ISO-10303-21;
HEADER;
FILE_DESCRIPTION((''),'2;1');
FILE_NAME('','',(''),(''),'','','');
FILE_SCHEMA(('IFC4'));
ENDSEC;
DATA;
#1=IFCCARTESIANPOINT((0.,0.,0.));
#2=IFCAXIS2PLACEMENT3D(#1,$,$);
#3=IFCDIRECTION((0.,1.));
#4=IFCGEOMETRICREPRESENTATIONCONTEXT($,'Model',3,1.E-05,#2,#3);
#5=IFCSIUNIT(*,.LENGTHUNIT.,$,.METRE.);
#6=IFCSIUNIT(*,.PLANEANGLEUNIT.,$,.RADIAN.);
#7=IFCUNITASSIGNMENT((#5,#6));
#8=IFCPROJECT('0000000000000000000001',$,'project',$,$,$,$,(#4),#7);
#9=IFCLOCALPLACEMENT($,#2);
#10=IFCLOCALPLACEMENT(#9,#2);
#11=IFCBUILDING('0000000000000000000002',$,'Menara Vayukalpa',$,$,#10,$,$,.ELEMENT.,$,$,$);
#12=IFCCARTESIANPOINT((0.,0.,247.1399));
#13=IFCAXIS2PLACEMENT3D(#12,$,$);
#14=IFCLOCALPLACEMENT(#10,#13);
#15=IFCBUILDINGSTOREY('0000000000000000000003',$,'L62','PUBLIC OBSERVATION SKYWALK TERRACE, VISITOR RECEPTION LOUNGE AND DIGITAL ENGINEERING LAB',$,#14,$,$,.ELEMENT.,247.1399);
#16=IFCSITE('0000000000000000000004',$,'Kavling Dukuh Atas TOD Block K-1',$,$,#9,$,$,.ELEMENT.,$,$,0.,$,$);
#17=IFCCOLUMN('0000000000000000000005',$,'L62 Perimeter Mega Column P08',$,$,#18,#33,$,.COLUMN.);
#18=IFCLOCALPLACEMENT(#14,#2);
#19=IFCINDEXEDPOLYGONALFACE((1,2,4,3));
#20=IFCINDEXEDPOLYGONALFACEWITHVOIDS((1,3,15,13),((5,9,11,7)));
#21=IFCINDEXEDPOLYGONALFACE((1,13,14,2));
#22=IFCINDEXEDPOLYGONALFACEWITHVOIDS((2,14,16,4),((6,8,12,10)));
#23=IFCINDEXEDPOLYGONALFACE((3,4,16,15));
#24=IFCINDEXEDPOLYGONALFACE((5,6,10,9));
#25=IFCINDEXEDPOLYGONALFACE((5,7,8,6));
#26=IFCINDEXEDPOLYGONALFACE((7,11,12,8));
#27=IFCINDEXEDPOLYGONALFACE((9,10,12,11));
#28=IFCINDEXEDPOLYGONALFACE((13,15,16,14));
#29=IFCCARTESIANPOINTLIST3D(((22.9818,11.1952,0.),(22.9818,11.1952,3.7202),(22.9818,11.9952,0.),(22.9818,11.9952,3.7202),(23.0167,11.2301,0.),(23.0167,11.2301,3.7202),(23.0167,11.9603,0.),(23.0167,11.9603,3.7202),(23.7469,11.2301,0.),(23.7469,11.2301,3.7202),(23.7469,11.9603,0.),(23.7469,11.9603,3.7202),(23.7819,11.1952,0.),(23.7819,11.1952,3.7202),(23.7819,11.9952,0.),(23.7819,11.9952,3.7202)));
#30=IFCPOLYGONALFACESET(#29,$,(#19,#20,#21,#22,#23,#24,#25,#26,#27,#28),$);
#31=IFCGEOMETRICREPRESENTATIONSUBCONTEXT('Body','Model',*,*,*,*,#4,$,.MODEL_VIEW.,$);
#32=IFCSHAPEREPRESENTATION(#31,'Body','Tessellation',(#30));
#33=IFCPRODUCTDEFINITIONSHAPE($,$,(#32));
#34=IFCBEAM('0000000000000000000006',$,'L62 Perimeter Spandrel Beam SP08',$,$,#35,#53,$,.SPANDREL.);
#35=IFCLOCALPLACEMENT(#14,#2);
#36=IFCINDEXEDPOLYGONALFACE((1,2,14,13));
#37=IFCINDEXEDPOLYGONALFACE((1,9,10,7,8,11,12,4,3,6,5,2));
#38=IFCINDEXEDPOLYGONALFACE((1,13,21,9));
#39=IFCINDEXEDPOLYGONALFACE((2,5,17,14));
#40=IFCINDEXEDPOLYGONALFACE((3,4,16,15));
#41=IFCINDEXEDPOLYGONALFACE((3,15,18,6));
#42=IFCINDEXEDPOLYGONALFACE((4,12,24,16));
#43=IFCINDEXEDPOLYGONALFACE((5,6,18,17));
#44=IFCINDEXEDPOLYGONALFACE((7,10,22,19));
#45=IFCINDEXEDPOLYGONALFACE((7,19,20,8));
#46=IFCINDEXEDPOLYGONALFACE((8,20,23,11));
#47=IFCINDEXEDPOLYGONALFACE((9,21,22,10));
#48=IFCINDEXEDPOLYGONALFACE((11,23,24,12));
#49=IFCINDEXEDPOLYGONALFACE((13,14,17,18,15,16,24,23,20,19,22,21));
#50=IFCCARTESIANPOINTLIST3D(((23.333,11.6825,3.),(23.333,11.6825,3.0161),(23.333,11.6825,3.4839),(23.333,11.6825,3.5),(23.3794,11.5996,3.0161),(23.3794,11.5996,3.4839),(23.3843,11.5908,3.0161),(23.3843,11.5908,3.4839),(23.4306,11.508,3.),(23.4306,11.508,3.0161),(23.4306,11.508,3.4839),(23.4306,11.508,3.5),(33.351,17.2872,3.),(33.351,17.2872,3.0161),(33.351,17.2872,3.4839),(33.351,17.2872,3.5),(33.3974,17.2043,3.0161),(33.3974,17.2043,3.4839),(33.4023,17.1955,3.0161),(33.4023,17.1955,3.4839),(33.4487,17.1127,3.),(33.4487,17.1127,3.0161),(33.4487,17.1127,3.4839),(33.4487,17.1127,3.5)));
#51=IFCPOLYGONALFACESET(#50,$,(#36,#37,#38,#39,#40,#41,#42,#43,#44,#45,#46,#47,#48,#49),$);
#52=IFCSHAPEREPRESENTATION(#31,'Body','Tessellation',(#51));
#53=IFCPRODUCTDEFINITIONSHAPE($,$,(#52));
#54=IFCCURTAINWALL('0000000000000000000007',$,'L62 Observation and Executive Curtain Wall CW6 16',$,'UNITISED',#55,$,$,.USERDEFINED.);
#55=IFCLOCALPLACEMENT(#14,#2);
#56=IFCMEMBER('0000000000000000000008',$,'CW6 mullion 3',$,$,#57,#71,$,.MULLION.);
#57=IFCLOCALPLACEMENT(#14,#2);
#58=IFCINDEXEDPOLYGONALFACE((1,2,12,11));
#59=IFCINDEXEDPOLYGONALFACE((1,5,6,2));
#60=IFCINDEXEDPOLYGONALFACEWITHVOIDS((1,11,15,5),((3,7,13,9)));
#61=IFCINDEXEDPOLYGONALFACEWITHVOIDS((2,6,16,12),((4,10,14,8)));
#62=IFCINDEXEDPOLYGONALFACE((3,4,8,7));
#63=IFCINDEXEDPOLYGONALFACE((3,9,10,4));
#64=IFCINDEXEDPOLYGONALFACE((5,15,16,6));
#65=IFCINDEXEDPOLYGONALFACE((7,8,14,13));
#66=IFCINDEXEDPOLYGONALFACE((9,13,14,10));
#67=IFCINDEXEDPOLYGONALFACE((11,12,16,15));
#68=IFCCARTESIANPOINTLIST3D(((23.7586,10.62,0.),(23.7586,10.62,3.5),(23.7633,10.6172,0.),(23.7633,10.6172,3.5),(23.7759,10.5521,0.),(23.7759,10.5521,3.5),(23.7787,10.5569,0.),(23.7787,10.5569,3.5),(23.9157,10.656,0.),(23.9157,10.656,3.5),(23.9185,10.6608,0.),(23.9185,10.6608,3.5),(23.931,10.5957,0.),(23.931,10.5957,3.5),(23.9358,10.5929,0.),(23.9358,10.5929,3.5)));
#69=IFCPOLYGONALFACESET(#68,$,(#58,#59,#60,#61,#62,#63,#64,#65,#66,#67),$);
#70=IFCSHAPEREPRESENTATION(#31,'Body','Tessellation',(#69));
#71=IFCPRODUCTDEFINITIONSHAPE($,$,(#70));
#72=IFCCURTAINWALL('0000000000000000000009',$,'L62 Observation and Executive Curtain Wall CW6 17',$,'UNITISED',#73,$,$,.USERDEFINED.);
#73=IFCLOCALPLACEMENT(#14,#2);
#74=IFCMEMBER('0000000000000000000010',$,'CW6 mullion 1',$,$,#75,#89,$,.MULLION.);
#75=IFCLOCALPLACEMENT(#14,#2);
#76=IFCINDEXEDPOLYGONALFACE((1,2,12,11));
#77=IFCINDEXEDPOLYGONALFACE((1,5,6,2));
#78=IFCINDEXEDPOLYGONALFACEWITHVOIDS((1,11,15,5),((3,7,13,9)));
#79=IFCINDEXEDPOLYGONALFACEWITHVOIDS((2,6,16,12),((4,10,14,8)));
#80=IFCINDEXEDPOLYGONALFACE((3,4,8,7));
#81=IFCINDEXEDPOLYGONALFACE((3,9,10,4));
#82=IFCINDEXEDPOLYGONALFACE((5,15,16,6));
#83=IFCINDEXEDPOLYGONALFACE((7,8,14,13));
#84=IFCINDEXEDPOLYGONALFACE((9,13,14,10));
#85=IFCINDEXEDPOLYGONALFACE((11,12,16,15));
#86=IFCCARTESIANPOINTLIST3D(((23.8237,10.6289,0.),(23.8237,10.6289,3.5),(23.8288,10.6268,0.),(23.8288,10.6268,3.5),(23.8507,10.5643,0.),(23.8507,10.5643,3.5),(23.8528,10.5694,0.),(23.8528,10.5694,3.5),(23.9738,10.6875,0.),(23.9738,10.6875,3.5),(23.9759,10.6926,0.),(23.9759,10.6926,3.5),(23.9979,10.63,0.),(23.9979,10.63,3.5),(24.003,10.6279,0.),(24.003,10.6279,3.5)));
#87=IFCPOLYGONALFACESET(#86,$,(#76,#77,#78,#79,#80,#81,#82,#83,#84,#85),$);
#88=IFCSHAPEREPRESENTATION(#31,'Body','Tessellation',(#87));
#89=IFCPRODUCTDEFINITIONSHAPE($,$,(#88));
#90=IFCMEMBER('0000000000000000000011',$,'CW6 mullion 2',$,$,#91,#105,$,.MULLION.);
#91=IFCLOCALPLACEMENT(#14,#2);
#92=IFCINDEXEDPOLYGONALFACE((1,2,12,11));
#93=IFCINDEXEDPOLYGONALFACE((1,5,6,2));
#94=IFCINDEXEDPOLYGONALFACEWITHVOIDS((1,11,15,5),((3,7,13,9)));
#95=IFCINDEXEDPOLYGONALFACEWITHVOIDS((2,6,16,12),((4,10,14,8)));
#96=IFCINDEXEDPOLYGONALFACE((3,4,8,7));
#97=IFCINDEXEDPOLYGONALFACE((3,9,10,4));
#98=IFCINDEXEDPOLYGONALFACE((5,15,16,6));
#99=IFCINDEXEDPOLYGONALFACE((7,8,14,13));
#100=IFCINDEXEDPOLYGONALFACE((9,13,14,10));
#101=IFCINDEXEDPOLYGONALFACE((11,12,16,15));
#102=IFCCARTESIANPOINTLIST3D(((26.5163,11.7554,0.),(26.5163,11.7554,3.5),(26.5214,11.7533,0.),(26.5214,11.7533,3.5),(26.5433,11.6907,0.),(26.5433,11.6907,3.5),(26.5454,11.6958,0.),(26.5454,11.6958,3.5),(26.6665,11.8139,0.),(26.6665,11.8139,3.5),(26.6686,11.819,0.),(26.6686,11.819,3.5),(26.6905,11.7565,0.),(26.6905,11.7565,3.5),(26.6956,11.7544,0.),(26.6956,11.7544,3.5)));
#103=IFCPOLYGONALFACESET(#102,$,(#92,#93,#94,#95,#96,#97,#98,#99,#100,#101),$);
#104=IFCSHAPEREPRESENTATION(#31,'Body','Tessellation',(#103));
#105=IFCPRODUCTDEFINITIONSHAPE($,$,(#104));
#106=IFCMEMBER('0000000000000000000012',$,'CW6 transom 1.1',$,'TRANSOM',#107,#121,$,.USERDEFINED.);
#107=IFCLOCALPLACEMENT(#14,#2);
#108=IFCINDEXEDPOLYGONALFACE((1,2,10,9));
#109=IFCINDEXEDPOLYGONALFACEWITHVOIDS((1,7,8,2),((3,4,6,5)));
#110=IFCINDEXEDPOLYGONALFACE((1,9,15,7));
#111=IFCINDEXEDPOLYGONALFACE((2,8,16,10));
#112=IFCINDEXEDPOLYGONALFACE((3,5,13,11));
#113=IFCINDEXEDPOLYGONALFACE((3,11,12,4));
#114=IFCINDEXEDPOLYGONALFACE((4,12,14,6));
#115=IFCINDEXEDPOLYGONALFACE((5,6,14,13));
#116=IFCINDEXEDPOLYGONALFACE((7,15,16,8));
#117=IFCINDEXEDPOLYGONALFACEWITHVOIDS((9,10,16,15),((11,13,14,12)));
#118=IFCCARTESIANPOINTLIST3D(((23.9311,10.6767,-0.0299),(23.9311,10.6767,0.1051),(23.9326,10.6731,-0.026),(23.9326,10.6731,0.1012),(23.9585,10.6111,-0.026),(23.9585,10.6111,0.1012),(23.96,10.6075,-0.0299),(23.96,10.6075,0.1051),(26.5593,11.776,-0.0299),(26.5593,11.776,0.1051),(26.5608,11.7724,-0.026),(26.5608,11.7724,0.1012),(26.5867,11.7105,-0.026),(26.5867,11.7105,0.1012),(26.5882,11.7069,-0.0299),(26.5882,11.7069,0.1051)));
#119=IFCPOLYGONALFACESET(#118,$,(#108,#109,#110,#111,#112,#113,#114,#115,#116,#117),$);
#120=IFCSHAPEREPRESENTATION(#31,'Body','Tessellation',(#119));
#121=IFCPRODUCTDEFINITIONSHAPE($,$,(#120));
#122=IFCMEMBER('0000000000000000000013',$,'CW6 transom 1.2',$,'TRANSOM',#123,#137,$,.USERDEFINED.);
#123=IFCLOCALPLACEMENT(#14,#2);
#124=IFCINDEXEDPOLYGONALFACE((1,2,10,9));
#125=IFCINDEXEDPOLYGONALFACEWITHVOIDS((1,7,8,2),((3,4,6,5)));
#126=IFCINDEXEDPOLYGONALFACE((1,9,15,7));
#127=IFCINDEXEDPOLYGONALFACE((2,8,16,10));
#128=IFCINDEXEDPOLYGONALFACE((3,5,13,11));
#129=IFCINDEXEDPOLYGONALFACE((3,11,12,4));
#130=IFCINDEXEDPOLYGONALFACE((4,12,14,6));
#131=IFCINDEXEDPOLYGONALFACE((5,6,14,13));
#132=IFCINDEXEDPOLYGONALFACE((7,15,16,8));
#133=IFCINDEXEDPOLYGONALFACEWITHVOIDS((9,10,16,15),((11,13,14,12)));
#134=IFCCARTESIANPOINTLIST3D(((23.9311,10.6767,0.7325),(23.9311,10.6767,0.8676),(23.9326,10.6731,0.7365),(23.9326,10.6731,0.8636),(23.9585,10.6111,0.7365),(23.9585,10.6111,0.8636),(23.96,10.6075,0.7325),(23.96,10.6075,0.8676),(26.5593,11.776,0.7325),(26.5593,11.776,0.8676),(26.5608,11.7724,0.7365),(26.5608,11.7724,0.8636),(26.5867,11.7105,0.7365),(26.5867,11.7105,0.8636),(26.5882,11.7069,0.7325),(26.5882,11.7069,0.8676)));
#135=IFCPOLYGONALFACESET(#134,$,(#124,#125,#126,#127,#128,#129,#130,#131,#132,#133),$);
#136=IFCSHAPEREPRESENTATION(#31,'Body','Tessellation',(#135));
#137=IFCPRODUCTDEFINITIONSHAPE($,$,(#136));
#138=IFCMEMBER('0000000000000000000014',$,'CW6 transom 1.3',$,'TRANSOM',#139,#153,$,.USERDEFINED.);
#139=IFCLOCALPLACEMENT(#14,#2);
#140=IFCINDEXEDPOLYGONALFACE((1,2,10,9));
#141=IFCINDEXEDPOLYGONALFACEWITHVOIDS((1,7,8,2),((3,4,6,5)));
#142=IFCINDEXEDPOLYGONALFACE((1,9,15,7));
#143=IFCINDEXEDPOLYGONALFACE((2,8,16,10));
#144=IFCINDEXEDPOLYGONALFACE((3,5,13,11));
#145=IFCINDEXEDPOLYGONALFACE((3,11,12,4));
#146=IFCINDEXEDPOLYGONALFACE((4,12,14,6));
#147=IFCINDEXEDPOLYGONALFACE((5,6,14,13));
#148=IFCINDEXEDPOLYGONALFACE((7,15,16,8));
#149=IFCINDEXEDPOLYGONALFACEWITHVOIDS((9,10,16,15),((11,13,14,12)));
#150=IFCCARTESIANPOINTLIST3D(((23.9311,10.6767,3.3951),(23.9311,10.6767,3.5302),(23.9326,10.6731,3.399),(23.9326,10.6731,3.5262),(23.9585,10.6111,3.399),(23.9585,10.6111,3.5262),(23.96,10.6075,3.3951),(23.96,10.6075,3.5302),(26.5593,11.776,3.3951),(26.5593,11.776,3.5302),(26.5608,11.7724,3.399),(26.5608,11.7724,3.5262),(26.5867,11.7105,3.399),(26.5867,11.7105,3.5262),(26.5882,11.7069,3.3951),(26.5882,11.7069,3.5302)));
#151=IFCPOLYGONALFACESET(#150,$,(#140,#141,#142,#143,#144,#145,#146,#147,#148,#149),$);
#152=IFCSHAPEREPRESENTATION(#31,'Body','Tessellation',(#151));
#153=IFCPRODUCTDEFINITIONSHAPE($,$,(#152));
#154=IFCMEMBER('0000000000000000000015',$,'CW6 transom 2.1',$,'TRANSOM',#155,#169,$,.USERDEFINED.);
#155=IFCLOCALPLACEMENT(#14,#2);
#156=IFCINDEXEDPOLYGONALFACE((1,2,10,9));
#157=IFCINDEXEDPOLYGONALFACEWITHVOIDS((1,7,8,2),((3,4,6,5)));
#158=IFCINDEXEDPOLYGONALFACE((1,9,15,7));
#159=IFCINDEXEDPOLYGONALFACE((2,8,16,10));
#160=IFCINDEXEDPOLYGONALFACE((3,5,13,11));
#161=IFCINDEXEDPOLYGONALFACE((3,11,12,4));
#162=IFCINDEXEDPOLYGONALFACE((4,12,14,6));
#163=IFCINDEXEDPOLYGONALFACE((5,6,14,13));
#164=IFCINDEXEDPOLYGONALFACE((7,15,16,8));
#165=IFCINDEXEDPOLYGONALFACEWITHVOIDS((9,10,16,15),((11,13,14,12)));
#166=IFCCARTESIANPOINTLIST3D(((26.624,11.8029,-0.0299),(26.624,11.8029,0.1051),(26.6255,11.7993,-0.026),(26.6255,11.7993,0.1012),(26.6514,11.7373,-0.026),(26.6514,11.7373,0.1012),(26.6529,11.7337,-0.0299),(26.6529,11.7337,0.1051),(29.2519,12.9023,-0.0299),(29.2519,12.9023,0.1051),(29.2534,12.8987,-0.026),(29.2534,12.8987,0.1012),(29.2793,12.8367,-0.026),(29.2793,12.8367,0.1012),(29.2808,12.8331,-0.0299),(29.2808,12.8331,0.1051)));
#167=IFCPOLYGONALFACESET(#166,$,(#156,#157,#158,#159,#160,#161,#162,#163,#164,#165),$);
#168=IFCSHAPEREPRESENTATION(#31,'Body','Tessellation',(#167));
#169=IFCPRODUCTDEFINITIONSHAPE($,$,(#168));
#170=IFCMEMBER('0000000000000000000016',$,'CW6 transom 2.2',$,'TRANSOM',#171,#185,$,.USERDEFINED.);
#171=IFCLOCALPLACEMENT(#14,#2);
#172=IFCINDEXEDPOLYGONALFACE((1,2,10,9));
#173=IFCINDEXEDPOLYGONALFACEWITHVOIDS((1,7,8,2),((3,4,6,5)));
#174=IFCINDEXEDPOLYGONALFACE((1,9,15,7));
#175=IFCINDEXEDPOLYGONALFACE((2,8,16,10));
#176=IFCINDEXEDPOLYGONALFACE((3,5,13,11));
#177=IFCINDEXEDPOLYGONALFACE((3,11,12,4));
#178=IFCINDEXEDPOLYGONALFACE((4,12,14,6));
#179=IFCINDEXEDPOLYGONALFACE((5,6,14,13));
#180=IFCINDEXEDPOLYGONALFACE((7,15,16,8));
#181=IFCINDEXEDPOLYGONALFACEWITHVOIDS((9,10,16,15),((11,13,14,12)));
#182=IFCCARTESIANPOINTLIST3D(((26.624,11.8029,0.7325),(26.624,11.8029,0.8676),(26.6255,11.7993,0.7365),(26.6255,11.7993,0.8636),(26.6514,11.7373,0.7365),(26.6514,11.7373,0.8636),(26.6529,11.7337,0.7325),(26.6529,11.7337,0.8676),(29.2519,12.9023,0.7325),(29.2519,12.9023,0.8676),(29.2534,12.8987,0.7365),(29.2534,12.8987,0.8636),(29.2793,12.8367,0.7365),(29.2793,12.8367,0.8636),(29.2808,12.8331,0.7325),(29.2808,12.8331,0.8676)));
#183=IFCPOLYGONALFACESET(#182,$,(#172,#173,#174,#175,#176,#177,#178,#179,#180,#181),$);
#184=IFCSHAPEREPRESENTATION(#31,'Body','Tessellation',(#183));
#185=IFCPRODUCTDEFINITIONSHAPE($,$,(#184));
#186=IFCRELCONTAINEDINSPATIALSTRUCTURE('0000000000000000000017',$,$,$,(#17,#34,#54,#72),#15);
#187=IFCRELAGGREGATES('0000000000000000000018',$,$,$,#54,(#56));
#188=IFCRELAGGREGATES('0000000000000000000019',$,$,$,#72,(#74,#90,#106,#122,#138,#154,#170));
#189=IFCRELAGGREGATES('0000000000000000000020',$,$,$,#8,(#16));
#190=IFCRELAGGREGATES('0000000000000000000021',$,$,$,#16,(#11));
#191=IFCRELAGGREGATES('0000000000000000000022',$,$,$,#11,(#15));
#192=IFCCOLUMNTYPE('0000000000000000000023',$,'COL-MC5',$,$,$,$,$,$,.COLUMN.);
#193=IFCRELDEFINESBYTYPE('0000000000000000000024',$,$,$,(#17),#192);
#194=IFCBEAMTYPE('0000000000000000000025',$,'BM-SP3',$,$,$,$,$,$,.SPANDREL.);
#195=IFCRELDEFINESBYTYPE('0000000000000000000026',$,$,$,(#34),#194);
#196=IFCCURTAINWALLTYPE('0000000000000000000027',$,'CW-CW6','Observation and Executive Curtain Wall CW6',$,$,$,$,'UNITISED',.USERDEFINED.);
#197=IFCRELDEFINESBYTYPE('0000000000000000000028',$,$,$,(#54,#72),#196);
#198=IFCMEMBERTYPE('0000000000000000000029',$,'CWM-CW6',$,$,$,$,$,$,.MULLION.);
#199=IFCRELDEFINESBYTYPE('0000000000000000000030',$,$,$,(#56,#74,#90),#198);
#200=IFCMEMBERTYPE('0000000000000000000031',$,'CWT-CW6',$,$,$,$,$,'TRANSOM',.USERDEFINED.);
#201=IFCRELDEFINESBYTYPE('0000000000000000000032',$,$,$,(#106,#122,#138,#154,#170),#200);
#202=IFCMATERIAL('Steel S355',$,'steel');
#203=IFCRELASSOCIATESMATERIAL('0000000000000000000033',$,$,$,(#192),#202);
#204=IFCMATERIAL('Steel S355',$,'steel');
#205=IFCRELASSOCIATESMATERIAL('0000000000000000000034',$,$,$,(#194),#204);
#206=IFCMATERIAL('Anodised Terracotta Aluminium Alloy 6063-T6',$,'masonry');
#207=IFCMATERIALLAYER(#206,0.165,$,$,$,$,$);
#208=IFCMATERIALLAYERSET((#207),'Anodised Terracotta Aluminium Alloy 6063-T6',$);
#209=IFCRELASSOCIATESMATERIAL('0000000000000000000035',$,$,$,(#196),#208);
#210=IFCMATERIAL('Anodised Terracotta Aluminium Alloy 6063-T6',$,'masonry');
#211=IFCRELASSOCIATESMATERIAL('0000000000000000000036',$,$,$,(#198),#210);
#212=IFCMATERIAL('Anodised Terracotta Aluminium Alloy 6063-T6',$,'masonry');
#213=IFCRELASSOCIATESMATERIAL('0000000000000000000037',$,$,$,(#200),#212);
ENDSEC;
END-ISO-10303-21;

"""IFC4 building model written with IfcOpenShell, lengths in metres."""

from ifc_helpers import new_model, si_unit, direction, frame, origin, origin_2d, place, context, subcontext, project, spatial, hollow_rectangle, i_section, extrude, material, layer, layer_set, material_profile, profile_set, type_object, element, aggregate, save


model = new_model("IFC4")

# Units and contexts
model_context = context("Model", 3, precision=1e-05, world=origin(), true_north=direction((0.0, 1.0)))
body_context = subcontext(model_context, "Body", "Model", "MODEL_VIEW")
ifc_project = project(units=[si_unit("LENGTHUNIT", "METRE"), si_unit("PLANEANGLEUNIT", "RADIAN")], contexts=[model_context])

# Site, building, storey
site_placement = place(None, origin())
site = spatial("IfcSite", under=ifc_project, at=site_placement, Name="Kavling Dukuh Atas TOD Block K-1", CompositionType="ELEMENT", RefElevation=0.0)
building_placement = place(site_placement, origin())
building = spatial("IfcBuilding", under=site, at=building_placement, Name="Menara Vayukalpa", CompositionType="ELEMENT")
storey_placement = place(building_placement, frame((0.0, 0.0, 247.1399)))
storey = spatial("IfcBuildingStorey", under=building, at=storey_placement, Name="L62", Description="PUBLIC OBSERVATION SKYWALK TERRACE, VISITOR RECEPTION LOUNGE AND DIGITAL ENGINEERING LAB", CompositionType="ELEMENT", Elevation=247.1399)

# Column
ifc_material_1 = material(Name="Steel S355", Category="steel")
ifc_material_profile_1 = material_profile(ifc_material_1, hollow_rectangle(XDim=0.8, YDim=0.8, WallThickness=0.0349, at=origin_2d()), Name="BOX 800x800x35")
ifc_profile_set_1 = profile_set([ifc_material_profile_1], Name="Steel S355")
column_type = type_object("IfcColumnType", Name="COL-MC5", PredefinedType="COLUMN", material=ifc_profile_set_1)
column_placement = place(storey_placement, frame((23.3818, 11.5952, 0.0), z_axis=(0.0, 0.0, 1.0), x_axis=(1.0, 0.0, 0.0)))
element("IfcColumn", 1, at=column_placement, inside=storey, type_object=column_type, Name="L62 Perimeter Mega Column P08", PredefinedType="COLUMN", context=body_context, shape_type="SweptSolid", body=[
    extrude(hollow_rectangle(XDim=0.8, YDim=0.8, WallThickness=0.0349, at=origin_2d()), origin(), (0.0, 0.0, 1.0), 3.7202),
])

# Beam
ifc_material_2 = material(Name="Steel S355", Category="steel")
ifc_material_profile_2 = material_profile(ifc_material_2, i_section(OverallWidth=0.2, OverallDepth=0.5, WebThickness=0.01, FlangeThickness=0.0161, at=origin_2d()), Name="WF 500x200x10x16")
ifc_profile_set_2 = profile_set([ifc_material_profile_2], Name="Steel S355")
beam_type = type_object("IfcBeamType", Name="BM-SP3", PredefinedType="SPANDREL", material=ifc_profile_set_2)
beam_placement = place(storey_placement, frame((23.3818, 11.5952, 3.25), z_axis=(0.872706, 0.488246, 0.0), x_axis=(-0.488246, 0.872706, 0.0)))
element("IfcBeam", 2, at=beam_placement, inside=storey, type_object=beam_type, Name="L62 Perimeter Spandrel Beam SP08", PredefinedType="SPANDREL", context=body_context, shape_type="SweptSolid", body=[
    extrude(i_section(OverallWidth=0.2, OverallDepth=0.5, WebThickness=0.01, FlangeThickness=0.0161, at=origin_2d()), origin(), (0.0, 0.0, 1.0), 11.4792),
])

# Curtain wall, member
ifc_material_3 = material(Name="Anodised Terracotta Aluminium Alloy 6063-T6", Category="masonry")
ifc_layer_1 = layer(ifc_material_3, 0.165)
ifc_layer_set_1 = layer_set([ifc_layer_1], Name="Anodised Terracotta Aluminium Alloy 6063-T6")
curtain_wall_type = type_object("IfcCurtainWallType", Name="CW-CW6", Description="Observation and Executive Curtain Wall CW6", ElementType="UNITISED", PredefinedType="USERDEFINED", material=ifc_layer_set_1)
curtain_wall_1_placement = place(storey_placement, origin())
curtain_wall_1 = element("IfcCurtainWall", 3, at=curtain_wall_1_placement, inside=storey, type_object=curtain_wall_type, Name="L62 Observation and Executive Curtain Wall CW6 16", ObjectType="UNITISED", PredefinedType="USERDEFINED")
ifc_material_4 = material(Name="Anodised Terracotta Aluminium Alloy 6063-T6", Category="masonry")
ifc_material_profile_3 = material_profile(ifc_material_4, hollow_rectangle(XDim=0.0701, YDim=0.165, WallThickness=0.0039, at=origin_2d()), Name="ALU 70x165x4")
ifc_profile_set_3 = profile_set([ifc_material_profile_3], Name="Anodised Terracotta Aluminium Alloy 6063-T6")
member_type_1 = type_object("IfcMemberType", Name="CWM-CW6", PredefinedType="MULLION", material=ifc_profile_set_3)
member_1_placement = place(storey_placement, frame((23.8472, 10.6064, 0.0), z_axis=(0.0, 0.0, 1.0), x_axis=(-0.247127, 0.968983, 0.0)))
member_1 = element("IfcMember", 4, at=member_1_placement, type_object=member_type_1, Name="CW6 mullion 3", PredefinedType="MULLION", context=body_context, shape_type="SweptSolid", body=[
    extrude(hollow_rectangle(XDim=0.0701, YDim=0.165, WallThickness=0.0039, at=origin_2d()), origin(), (0.0, 0.0, 1.0), 3.5),
])

# Curtain wall, members
curtain_wall_2_placement = place(storey_placement, origin())
curtain_wall_2 = element("IfcCurtainWall", 5, at=curtain_wall_2_placement, inside=storey, type_object=curtain_wall_type, Name="L62 Observation and Executive Curtain Wall CW6 17", ObjectType="UNITISED", PredefinedType="USERDEFINED")
member_2_placement = place(storey_placement, frame((23.9133, 10.6284, 0.0), z_axis=(0.0, 0.0, 1.0), x_axis=(-0.3859, 0.922541, 0.0)))
member_2 = element("IfcMember", 6, at=member_2_placement, type_object=member_type_1, Name="CW6 mullion 1", PredefinedType="MULLION", context=body_context, shape_type="SweptSolid", body=[
    extrude(hollow_rectangle(XDim=0.0701, YDim=0.165, WallThickness=0.0039, at=origin_2d()), origin(), (0.0, 0.0, 1.0), 3.5),
])
member_3_placement = place(storey_placement, frame((26.606, 11.7549, 0.0), z_axis=(0.0, 0.0, 1.0), x_axis=(-0.3859, 0.922541, 0.0)))
member_3 = element("IfcMember", 7, at=member_3_placement, type_object=member_type_1, Name="CW6 mullion 2", PredefinedType="MULLION", context=body_context, shape_type="SweptSolid", body=[
    extrude(hollow_rectangle(XDim=0.0701, YDim=0.165, WallThickness=0.0039, at=origin_2d()), origin(), (0.0, 0.0, 1.0), 3.5),
])
ifc_material_5 = material(Name="Anodised Terracotta Aluminium Alloy 6063-T6", Category="masonry")
ifc_material_profile_4 = material_profile(ifc_material_5, hollow_rectangle(XDim=0.075, YDim=0.135, WallThickness=0.0039, at=origin_2d()), Name="ALU 75x135x4")
ifc_profile_set_4 = profile_set([ifc_material_profile_4], Name="Anodised Terracotta Aluminium Alloy 6063-T6")
member_type_2 = type_object("IfcMemberType", Name="CWT-CW6", ElementType="TRANSOM", PredefinedType="USERDEFINED", material=ifc_profile_set_4)
member_4_placement = place(storey_placement, frame((23.9456, 10.6421, 0.0376), z_axis=(0.922541, 0.385899, 0.0), x_axis=(-0.385899, 0.922541, 0.0)))
member_4 = element("IfcMember", 8, at=member_4_placement, type_object=member_type_2, Name="CW6 transom 1.1", ObjectType="TRANSOM", PredefinedType="USERDEFINED", context=body_context, shape_type="SweptSolid", body=[
    extrude(hollow_rectangle(XDim=0.075, YDim=0.135, WallThickness=0.0039, at=origin_2d()), origin(), (0.0, 0.0, 1.0), 2.8489),
])
member_5_placement = place(storey_placement, frame((23.9456, 10.6421, 0.8), z_axis=(0.922541, 0.385899, 0.0), x_axis=(-0.385899, 0.922541, 0.0)))
member_5 = element("IfcMember", 9, at=member_5_placement, type_object=member_type_2, Name="CW6 transom 1.2", ObjectType="TRANSOM", PredefinedType="USERDEFINED", context=body_context, shape_type="SweptSolid", body=[
    extrude(hollow_rectangle(XDim=0.075, YDim=0.135, WallThickness=0.0039, at=origin_2d()), origin(), (0.0, 0.0, 1.0), 2.8489),
])
member_6_placement = place(storey_placement, frame((23.9456, 10.6421, 3.4626), z_axis=(0.922541, 0.385899, 0.0), x_axis=(-0.385899, 0.922541, 0.0)))
member_6 = element("IfcMember", 10, at=member_6_placement, type_object=member_type_2, Name="CW6 transom 1.3", ObjectType="TRANSOM", PredefinedType="USERDEFINED", context=body_context, shape_type="SweptSolid", body=[
    extrude(hollow_rectangle(XDim=0.075, YDim=0.135, WallThickness=0.0039, at=origin_2d()), origin(), (0.0, 0.0, 1.0), 2.8489),
])
member_7_placement = place(storey_placement, frame((26.6384, 11.7683, 0.0376), z_axis=(0.922528, 0.385929, 0.0), x_axis=(-0.385929, 0.922528, 0.0)))
member_7 = element("IfcMember", 11, at=member_7_placement, type_object=member_type_2, Name="CW6 transom 2.1", ObjectType="TRANSOM", PredefinedType="USERDEFINED", context=body_context, shape_type="SweptSolid", body=[
    extrude(hollow_rectangle(XDim=0.075, YDim=0.135, WallThickness=0.0039, at=origin_2d()), origin(), (0.0, 0.0, 1.0), 2.8486),
])
member_8_placement = place(storey_placement, frame((26.6384, 11.7683, 0.8), z_axis=(0.922528, 0.385929, 0.0), x_axis=(-0.385929, 0.922528, 0.0)))
member_8 = element("IfcMember", 12, at=member_8_placement, type_object=member_type_2, Name="CW6 transom 2.2", ObjectType="TRANSOM", PredefinedType="USERDEFINED", context=body_context, shape_type="SweptSolid", body=[
    extrude(hollow_rectangle(XDim=0.075, YDim=0.135, WallThickness=0.0039, at=origin_2d()), origin(), (0.0, 0.0, 1.0), 2.8486),
])

aggregate(curtain_wall_1, [member_1])
aggregate(curtain_wall_2, [member_2, member_3, member_4, member_5, member_6, member_7, member_8])

save(model, "model.ifc")
